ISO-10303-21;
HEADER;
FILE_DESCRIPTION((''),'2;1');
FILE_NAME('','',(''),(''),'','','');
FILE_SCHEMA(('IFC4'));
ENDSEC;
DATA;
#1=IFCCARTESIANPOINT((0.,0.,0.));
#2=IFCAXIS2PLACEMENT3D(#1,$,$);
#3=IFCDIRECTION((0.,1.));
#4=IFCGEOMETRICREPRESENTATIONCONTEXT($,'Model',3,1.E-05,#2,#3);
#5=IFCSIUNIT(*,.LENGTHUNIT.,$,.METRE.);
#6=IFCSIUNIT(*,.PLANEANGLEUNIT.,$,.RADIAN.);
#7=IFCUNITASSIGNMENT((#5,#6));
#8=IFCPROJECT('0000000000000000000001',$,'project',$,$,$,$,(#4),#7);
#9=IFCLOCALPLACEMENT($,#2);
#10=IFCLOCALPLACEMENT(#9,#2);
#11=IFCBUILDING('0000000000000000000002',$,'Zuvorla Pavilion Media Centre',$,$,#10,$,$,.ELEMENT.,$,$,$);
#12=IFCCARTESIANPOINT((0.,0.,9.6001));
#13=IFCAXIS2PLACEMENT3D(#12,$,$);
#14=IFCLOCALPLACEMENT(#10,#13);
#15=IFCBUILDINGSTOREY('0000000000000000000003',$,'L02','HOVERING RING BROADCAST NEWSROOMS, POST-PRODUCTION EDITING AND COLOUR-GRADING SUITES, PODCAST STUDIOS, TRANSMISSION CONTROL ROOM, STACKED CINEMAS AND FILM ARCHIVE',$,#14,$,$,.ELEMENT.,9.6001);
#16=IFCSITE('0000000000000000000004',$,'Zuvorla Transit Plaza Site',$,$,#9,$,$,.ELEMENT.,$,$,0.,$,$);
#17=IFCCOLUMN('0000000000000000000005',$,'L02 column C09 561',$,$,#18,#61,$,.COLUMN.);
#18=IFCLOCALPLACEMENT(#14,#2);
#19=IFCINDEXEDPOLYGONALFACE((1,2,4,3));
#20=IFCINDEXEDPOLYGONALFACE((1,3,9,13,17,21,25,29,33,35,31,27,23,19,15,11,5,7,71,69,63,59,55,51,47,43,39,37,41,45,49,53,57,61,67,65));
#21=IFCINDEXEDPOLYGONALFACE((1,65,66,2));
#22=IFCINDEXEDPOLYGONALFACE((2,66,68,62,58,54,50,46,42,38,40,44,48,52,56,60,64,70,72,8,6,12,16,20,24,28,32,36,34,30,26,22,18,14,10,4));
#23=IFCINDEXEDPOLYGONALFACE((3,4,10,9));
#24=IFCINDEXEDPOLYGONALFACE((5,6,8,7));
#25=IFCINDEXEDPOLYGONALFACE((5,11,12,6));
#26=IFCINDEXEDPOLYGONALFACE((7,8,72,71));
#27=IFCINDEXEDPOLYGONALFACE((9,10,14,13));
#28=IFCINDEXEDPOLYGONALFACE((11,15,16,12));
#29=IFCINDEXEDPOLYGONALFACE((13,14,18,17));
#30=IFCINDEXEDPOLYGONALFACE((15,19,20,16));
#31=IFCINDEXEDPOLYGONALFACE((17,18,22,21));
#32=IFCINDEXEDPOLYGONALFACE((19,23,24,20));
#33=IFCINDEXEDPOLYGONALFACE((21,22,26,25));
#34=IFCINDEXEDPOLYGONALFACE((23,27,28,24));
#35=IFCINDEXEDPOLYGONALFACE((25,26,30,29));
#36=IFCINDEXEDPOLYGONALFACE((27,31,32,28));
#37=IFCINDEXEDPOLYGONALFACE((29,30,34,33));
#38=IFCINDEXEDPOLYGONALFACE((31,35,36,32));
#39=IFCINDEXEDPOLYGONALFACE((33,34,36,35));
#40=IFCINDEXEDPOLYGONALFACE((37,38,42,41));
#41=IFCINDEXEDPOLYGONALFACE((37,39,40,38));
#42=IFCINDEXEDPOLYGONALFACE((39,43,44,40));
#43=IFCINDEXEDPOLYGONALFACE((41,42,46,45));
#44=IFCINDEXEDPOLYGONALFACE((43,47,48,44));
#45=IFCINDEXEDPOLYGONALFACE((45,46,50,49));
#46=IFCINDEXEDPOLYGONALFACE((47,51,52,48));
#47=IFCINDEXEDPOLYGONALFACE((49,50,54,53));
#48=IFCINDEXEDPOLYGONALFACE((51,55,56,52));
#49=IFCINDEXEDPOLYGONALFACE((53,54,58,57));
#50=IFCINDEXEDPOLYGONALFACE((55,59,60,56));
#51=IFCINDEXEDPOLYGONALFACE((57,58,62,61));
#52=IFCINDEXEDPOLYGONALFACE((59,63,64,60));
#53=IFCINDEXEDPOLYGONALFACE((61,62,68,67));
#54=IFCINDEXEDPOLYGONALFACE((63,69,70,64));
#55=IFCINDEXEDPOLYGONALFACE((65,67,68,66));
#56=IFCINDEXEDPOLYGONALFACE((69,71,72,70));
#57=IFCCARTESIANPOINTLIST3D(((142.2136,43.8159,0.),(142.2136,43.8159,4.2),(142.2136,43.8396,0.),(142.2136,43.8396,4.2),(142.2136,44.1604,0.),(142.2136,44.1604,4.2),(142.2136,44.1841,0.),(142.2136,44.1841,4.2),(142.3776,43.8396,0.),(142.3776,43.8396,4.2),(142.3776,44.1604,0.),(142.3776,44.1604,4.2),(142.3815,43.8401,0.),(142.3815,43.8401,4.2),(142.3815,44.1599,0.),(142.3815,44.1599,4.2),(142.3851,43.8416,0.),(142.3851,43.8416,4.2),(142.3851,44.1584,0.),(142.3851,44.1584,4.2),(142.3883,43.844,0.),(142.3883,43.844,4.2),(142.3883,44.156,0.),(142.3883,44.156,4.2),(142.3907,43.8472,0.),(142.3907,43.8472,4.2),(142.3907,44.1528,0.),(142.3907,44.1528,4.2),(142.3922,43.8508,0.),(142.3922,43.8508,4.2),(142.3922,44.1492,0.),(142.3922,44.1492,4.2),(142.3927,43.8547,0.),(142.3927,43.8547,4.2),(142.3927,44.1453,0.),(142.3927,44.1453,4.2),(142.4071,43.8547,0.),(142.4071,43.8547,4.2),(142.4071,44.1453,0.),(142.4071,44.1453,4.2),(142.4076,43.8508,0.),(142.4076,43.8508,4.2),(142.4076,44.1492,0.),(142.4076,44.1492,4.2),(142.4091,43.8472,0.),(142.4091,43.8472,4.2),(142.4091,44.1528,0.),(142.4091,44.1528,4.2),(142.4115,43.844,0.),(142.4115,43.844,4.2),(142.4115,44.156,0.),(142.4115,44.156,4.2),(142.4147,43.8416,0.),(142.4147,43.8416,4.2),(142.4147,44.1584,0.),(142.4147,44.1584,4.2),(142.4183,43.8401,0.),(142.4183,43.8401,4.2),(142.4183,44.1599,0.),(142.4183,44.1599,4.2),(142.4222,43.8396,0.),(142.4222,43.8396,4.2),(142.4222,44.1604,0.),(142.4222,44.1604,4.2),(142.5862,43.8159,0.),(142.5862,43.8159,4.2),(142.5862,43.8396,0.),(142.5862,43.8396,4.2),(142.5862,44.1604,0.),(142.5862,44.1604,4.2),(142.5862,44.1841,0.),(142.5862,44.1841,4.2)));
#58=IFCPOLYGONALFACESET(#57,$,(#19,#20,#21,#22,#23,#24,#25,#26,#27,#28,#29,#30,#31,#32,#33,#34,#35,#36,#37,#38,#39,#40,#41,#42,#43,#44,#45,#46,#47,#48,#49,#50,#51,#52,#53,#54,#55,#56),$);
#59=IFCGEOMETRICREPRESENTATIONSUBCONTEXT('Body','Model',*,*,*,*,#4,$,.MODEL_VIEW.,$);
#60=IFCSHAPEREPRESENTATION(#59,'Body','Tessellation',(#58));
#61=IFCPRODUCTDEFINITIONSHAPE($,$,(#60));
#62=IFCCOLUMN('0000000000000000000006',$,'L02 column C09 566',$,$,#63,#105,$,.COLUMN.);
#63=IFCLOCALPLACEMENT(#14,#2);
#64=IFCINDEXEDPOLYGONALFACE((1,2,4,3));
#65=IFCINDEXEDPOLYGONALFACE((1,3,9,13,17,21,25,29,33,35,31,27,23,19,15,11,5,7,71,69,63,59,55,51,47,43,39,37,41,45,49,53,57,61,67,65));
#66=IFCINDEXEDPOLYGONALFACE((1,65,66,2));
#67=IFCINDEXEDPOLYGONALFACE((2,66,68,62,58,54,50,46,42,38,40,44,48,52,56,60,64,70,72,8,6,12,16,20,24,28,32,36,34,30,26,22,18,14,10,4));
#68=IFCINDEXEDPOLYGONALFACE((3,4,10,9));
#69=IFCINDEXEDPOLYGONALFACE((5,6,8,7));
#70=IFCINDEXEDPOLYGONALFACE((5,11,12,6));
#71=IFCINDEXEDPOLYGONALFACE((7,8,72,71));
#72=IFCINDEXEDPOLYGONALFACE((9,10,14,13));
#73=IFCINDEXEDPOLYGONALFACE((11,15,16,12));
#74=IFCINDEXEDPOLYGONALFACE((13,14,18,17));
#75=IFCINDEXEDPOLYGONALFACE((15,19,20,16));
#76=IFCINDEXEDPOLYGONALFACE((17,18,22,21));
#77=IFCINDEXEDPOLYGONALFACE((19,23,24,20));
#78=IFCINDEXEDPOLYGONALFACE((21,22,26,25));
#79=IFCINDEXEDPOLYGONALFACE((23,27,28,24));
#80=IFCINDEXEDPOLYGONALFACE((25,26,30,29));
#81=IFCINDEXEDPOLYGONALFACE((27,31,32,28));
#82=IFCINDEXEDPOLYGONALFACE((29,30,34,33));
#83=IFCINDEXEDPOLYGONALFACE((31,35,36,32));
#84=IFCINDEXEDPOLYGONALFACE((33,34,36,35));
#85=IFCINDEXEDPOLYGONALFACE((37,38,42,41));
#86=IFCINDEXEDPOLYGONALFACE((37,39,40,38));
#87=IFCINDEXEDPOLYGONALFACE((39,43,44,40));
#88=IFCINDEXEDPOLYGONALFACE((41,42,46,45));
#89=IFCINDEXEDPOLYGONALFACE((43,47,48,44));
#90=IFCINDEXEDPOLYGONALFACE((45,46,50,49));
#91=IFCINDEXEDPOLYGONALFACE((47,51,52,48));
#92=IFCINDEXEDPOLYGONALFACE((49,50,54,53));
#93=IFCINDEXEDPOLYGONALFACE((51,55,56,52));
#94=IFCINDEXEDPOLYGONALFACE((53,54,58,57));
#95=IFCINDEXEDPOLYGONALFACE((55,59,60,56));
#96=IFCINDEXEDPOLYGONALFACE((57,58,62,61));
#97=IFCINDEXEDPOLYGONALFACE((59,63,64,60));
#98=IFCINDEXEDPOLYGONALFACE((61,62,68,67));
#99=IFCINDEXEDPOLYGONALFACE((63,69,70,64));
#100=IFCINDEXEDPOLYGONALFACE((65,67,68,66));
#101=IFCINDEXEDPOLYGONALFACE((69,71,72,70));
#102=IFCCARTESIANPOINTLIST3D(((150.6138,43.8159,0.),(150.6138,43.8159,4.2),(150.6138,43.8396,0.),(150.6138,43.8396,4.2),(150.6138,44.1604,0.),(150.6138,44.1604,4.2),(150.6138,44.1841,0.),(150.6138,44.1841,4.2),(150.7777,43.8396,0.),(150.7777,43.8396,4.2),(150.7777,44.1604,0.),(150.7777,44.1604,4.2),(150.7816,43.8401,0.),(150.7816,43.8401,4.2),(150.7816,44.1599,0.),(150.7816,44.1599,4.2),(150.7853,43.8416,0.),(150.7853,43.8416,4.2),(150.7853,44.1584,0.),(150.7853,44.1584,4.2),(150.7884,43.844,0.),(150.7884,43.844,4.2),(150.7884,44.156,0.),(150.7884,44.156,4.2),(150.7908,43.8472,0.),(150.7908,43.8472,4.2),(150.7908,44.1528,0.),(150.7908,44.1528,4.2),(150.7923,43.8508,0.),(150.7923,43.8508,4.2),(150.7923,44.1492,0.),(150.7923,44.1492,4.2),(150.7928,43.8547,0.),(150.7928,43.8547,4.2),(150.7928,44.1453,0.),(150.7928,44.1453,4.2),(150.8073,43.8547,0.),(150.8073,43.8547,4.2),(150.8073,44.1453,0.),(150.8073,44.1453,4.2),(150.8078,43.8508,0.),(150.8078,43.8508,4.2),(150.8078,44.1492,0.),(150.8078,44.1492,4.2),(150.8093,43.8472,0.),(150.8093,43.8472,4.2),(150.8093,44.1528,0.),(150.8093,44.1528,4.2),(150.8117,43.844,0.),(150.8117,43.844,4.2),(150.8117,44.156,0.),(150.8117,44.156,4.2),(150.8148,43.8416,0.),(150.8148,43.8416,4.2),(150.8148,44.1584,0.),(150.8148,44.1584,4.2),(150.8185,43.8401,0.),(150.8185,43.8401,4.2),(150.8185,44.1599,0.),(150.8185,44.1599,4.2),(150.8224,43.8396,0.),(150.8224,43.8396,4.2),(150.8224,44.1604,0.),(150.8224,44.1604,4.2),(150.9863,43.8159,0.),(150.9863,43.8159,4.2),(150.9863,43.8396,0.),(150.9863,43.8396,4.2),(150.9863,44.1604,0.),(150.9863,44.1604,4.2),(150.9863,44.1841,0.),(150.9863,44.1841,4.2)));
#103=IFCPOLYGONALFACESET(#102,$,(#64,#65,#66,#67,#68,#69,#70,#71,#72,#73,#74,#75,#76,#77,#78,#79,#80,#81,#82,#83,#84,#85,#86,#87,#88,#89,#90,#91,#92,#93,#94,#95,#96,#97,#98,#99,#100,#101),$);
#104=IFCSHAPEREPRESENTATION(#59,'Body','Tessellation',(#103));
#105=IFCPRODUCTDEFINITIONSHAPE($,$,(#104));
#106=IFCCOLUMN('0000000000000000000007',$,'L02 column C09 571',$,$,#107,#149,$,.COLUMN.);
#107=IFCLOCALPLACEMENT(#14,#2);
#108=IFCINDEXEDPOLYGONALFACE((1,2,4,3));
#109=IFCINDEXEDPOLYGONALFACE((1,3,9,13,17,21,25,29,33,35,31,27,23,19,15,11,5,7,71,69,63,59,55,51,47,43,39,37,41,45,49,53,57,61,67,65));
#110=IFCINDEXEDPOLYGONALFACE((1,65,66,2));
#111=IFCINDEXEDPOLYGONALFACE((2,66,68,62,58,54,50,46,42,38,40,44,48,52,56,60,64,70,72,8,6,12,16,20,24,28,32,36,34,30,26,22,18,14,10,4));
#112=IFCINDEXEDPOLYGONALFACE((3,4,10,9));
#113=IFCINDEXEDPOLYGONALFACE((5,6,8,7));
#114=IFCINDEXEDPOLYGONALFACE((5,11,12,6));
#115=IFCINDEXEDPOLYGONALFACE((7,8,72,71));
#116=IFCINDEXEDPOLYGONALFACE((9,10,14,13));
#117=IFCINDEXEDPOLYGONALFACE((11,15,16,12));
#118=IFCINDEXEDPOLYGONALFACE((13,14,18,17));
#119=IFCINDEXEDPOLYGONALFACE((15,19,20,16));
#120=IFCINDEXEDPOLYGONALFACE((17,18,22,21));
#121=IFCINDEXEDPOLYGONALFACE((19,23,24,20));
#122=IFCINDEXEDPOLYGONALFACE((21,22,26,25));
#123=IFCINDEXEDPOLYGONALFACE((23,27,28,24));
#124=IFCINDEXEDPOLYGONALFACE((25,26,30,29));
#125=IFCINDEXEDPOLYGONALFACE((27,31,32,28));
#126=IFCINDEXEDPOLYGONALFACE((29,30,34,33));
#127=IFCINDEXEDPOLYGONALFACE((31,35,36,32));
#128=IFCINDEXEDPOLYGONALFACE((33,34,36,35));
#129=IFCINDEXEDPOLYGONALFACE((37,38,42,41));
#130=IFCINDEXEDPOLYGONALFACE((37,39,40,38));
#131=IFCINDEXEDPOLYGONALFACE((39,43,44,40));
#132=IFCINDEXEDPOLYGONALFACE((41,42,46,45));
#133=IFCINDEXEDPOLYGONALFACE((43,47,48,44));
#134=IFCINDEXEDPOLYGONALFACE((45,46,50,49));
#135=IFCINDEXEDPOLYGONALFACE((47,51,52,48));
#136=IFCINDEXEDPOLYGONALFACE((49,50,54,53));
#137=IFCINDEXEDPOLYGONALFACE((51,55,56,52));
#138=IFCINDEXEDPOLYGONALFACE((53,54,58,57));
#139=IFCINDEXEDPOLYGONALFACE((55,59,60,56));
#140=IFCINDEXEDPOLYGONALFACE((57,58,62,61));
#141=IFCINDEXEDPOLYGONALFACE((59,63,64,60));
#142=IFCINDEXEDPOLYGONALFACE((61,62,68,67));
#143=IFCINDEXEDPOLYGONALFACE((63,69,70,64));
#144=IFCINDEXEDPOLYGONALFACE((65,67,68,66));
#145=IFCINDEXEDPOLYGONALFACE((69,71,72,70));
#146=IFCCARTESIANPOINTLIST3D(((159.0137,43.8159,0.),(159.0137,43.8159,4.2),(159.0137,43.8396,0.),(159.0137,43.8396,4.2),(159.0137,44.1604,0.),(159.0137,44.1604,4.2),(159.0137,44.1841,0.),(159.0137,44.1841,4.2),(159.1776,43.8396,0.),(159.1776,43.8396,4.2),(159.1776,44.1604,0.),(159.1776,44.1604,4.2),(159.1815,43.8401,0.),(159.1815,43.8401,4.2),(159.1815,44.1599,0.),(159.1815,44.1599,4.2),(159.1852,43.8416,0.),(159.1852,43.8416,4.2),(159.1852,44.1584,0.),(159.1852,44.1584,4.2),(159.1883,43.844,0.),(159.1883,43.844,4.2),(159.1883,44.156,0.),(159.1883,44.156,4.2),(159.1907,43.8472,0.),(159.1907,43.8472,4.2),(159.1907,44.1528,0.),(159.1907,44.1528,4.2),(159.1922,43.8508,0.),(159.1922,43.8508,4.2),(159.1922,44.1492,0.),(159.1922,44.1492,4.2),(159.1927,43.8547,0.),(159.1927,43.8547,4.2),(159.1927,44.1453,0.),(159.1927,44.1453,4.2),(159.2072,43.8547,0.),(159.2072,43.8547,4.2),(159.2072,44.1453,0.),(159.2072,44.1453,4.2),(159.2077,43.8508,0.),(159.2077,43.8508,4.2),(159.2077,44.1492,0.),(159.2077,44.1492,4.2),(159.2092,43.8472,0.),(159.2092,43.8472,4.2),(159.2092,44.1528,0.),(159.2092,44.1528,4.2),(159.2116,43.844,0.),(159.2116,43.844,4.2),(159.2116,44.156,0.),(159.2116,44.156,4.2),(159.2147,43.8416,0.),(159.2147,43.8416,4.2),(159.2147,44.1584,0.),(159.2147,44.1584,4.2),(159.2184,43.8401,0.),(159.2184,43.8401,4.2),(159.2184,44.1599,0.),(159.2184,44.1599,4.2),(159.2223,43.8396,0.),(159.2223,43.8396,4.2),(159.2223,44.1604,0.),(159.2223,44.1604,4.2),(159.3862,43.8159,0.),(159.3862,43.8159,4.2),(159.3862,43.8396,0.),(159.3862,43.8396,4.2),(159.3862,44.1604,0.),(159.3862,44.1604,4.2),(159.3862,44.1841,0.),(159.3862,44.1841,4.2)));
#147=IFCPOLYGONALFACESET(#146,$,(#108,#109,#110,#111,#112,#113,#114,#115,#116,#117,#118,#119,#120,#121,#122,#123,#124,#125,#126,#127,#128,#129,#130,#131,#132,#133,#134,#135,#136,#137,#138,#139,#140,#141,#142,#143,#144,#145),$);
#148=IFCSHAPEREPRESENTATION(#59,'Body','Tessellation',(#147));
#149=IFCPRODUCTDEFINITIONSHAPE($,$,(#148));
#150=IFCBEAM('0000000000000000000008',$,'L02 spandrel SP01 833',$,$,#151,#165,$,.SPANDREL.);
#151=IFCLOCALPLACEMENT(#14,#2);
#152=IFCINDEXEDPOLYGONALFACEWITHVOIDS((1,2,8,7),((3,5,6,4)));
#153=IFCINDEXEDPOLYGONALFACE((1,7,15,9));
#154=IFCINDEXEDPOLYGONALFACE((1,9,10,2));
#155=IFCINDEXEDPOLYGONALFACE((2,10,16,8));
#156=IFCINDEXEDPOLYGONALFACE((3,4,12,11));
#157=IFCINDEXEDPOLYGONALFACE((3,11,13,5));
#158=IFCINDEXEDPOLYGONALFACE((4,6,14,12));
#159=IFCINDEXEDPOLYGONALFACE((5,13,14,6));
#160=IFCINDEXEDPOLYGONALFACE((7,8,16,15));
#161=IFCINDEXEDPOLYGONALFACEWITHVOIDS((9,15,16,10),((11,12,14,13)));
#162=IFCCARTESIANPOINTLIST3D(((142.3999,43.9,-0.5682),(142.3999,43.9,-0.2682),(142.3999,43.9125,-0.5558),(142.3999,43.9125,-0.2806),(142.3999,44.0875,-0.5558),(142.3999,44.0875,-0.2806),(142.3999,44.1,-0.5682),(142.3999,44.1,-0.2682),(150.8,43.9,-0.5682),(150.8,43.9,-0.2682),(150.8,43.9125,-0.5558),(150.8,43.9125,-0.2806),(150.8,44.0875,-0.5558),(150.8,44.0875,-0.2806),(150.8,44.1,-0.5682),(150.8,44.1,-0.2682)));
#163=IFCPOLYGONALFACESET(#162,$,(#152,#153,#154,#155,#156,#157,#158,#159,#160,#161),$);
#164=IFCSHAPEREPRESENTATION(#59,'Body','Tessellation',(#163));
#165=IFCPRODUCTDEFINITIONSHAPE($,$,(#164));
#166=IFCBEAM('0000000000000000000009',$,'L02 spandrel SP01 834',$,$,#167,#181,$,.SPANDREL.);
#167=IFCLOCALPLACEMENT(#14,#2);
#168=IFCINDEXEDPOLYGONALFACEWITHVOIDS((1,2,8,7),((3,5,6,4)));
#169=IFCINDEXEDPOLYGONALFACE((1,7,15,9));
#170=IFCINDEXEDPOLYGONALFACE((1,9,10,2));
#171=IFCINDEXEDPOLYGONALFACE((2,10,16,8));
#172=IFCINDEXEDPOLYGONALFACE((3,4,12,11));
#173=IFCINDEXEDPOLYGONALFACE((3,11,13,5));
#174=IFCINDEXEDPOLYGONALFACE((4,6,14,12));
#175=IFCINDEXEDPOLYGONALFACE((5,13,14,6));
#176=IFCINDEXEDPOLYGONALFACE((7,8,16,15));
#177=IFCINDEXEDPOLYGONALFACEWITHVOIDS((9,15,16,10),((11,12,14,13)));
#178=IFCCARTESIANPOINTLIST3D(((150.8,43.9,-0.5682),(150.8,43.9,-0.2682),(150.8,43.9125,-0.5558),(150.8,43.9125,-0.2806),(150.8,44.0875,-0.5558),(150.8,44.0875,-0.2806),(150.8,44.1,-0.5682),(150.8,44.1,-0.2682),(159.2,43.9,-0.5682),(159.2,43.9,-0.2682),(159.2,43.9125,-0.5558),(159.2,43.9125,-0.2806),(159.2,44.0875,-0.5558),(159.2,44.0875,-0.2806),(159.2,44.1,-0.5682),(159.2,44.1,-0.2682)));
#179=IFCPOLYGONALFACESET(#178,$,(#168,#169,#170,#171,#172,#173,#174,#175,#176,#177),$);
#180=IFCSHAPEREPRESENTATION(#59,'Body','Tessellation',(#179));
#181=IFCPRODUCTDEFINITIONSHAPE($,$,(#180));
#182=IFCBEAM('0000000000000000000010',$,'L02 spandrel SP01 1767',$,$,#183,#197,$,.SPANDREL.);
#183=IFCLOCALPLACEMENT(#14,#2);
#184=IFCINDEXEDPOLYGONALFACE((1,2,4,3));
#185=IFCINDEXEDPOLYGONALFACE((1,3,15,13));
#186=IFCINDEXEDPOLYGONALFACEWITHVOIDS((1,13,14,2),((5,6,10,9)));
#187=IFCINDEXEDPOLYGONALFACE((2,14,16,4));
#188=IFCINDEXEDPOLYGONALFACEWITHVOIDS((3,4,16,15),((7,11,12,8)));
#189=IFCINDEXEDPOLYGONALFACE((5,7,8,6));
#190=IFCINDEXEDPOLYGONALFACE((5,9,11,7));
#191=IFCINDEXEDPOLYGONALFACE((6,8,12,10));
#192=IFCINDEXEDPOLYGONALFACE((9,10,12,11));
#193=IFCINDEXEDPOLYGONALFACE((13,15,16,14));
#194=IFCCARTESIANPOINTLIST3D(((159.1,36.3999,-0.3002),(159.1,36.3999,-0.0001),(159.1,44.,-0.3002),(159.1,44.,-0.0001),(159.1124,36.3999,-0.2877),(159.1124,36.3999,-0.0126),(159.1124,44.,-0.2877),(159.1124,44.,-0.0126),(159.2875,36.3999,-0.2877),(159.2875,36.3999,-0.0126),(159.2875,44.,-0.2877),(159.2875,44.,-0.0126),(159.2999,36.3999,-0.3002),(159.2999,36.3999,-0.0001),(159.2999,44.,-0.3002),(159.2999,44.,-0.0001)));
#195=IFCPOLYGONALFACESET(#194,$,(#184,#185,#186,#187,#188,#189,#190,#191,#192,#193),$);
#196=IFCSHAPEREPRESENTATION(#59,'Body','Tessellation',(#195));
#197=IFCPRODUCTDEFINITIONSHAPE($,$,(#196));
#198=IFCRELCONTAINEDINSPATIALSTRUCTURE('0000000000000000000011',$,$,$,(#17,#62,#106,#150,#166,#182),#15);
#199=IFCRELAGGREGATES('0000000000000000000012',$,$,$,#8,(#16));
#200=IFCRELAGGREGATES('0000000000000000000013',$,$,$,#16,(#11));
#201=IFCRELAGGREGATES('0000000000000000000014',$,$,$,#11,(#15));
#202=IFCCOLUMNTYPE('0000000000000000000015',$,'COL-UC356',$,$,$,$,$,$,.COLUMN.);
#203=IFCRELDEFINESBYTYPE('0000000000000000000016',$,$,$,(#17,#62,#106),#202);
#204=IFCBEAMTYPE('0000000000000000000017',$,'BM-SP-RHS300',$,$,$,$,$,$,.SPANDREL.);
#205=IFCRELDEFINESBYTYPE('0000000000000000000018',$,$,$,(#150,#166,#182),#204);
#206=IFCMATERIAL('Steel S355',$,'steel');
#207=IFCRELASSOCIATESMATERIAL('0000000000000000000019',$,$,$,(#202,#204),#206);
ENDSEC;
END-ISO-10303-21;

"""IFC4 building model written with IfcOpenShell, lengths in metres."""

from ifc_helpers import new_model, si_unit, direction, frame, origin, origin_2d, place, context, subcontext, project, spatial, hollow_rectangle, i_section, extrude, material, material_profile, profile_set, type_object, element, save


model = new_model("IFC4")

# Units and contexts
model_context = context("Model", 3, precision=1e-05, world=origin(), true_north=direction((0.0, 1.0)))
body_context = subcontext(model_context, "Body", "Model", "MODEL_VIEW")
ifc_project = project(units=[si_unit("LENGTHUNIT", "METRE"), si_unit("PLANEANGLEUNIT", "RADIAN")], contexts=[model_context])

# Site, building, storey
site_placement = place(None, origin())
site = spatial("IfcSite", under=ifc_project, at=site_placement, Name="Zuvorla Transit Plaza Site", CompositionType="ELEMENT", RefElevation=0.0)
building_placement = place(site_placement, origin())
building = spatial("IfcBuilding", under=site, at=building_placement, Name="Zuvorla Pavilion Media Centre", CompositionType="ELEMENT")
storey_placement = place(building_placement, frame((0.0, 0.0, 9.6001)))
storey = spatial("IfcBuildingStorey", under=building, at=storey_placement, Name="L02", Description="HOVERING RING BROADCAST NEWSROOMS, POST-PRODUCTION EDITING AND COLOUR-GRADING SUITES, PODCAST STUDIOS, TRANSMISSION CONTROL ROOM, STACKED CINEMAS AND FILM ARCHIVE", CompositionType="ELEMENT", Elevation=9.6001)

# Columns
ifc_material_1 = material(Name="Steel S355", Category="steel")
ifc_material_profile_1 = material_profile(ifc_material_1, i_section(OverallWidth=0.3726, OverallDepth=0.3682, WebThickness=0.0144, FlangeThickness=0.0237, FilletRadius=0.0151, at=origin_2d()), Name="UC 356x368x177")
ifc_profile_set_1 = profile_set([ifc_material_profile_1], Name="Steel S355")
column_type = type_object("IfcColumnType", Name="COL-UC356", PredefinedType="COLUMN", material=ifc_profile_set_1)
for number, where, z_axis, x_axis, name in (
    (1, (142.3999, 44.0, 0.0), (0.0, 0.0, 1.0), (1.0, 0.0, 0.0), "L02 column C09 561"),
    (2, (150.8, 44.0, 0.0), (0.0, 0.0, 1.0), (1.0, 0.0, 0.0), "L02 column C09 566"),
    (3, (159.2, 44.0, 0.0), (0.0, 0.0, 1.0), (1.0, 0.0, 0.0), "L02 column C09 571"),
):
    element("IfcColumn", number, at=place(storey_placement, frame(where, z_axis=z_axis, x_axis=x_axis)), inside=storey, type_object=column_type, Name=name, PredefinedType="COLUMN", context=body_context, shape_type="SweptSolid", body=[
        extrude(i_section(OverallWidth=0.3726, OverallDepth=0.3682, WebThickness=0.0144, FlangeThickness=0.0237, FilletRadius=0.0151, at=origin_2d()), origin(), (0.0, 0.0, 1.0), 4.2),
    ])

# Beams
ifc_material_profile_2 = material_profile(ifc_material_1, hollow_rectangle(XDim=0.2, YDim=0.3, WallThickness=0.0125, at=origin_2d()), Name="RHS 300x200x12.5")
ifc_profile_set_2 = profile_set([ifc_material_profile_2], Name="Steel S355")
beam_type_1 = type_object("IfcBeamType", Name="BM-SP-RHS300", PredefinedType="SPANDREL", material=ifc_profile_set_2)
beam_1_placement = place(storey_placement, frame((142.3999, 44.0, -0.4182), z_axis=(1.0, 0.0, 0.0), x_axis=(0.0, 1.0, 0.0)))
element("IfcBeam", 4, at=beam_1_placement, inside=storey, type_object=beam_type_1, Name="L02 spandrel SP01 833", PredefinedType="SPANDREL", context=body_context, shape_type="SweptSolid", body=[
    extrude(hollow_rectangle(XDim=0.2, YDim=0.3, WallThickness=0.0125, at=origin_2d()), origin(), (0.0, 0.0, 1.0), 8.4001),
])
beam_2_placement = place(storey_placement, frame((150.8, 44.0, -0.4182), z_axis=(1.0, 0.0, 0.0), x_axis=(0.0, 1.0, 0.0)))
element("IfcBeam", 5, at=beam_2_placement, inside=storey, type_object=beam_type_1, Name="L02 spandrel SP01 834", PredefinedType="SPANDREL", context=body_context, shape_type="SweptSolid", body=[
    extrude(hollow_rectangle(XDim=0.2, YDim=0.3, WallThickness=0.0125, at=origin_2d()), origin(), (0.0, 0.0, 1.0), 8.3999),
])
beam_3_placement = place(storey_placement, frame((159.2, 36.3999, -0.1501), z_axis=(0.0, 1.0, 0.0), x_axis=(-1.0, 0.0, 0.0)))
element("IfcBeam", 6, at=beam_3_placement, inside=storey, type_object=beam_type_1, Name="L02 spandrel SP01 1767", PredefinedType="SPANDREL", context=body_context, shape_type="SweptSolid", body=[
    extrude(hollow_rectangle(XDim=0.2, YDim=0.3, WallThickness=0.0125, at=origin_2d()), origin(), (0.0, 0.0, 1.0), 7.6001),
])

save(model, "model.ifc")
